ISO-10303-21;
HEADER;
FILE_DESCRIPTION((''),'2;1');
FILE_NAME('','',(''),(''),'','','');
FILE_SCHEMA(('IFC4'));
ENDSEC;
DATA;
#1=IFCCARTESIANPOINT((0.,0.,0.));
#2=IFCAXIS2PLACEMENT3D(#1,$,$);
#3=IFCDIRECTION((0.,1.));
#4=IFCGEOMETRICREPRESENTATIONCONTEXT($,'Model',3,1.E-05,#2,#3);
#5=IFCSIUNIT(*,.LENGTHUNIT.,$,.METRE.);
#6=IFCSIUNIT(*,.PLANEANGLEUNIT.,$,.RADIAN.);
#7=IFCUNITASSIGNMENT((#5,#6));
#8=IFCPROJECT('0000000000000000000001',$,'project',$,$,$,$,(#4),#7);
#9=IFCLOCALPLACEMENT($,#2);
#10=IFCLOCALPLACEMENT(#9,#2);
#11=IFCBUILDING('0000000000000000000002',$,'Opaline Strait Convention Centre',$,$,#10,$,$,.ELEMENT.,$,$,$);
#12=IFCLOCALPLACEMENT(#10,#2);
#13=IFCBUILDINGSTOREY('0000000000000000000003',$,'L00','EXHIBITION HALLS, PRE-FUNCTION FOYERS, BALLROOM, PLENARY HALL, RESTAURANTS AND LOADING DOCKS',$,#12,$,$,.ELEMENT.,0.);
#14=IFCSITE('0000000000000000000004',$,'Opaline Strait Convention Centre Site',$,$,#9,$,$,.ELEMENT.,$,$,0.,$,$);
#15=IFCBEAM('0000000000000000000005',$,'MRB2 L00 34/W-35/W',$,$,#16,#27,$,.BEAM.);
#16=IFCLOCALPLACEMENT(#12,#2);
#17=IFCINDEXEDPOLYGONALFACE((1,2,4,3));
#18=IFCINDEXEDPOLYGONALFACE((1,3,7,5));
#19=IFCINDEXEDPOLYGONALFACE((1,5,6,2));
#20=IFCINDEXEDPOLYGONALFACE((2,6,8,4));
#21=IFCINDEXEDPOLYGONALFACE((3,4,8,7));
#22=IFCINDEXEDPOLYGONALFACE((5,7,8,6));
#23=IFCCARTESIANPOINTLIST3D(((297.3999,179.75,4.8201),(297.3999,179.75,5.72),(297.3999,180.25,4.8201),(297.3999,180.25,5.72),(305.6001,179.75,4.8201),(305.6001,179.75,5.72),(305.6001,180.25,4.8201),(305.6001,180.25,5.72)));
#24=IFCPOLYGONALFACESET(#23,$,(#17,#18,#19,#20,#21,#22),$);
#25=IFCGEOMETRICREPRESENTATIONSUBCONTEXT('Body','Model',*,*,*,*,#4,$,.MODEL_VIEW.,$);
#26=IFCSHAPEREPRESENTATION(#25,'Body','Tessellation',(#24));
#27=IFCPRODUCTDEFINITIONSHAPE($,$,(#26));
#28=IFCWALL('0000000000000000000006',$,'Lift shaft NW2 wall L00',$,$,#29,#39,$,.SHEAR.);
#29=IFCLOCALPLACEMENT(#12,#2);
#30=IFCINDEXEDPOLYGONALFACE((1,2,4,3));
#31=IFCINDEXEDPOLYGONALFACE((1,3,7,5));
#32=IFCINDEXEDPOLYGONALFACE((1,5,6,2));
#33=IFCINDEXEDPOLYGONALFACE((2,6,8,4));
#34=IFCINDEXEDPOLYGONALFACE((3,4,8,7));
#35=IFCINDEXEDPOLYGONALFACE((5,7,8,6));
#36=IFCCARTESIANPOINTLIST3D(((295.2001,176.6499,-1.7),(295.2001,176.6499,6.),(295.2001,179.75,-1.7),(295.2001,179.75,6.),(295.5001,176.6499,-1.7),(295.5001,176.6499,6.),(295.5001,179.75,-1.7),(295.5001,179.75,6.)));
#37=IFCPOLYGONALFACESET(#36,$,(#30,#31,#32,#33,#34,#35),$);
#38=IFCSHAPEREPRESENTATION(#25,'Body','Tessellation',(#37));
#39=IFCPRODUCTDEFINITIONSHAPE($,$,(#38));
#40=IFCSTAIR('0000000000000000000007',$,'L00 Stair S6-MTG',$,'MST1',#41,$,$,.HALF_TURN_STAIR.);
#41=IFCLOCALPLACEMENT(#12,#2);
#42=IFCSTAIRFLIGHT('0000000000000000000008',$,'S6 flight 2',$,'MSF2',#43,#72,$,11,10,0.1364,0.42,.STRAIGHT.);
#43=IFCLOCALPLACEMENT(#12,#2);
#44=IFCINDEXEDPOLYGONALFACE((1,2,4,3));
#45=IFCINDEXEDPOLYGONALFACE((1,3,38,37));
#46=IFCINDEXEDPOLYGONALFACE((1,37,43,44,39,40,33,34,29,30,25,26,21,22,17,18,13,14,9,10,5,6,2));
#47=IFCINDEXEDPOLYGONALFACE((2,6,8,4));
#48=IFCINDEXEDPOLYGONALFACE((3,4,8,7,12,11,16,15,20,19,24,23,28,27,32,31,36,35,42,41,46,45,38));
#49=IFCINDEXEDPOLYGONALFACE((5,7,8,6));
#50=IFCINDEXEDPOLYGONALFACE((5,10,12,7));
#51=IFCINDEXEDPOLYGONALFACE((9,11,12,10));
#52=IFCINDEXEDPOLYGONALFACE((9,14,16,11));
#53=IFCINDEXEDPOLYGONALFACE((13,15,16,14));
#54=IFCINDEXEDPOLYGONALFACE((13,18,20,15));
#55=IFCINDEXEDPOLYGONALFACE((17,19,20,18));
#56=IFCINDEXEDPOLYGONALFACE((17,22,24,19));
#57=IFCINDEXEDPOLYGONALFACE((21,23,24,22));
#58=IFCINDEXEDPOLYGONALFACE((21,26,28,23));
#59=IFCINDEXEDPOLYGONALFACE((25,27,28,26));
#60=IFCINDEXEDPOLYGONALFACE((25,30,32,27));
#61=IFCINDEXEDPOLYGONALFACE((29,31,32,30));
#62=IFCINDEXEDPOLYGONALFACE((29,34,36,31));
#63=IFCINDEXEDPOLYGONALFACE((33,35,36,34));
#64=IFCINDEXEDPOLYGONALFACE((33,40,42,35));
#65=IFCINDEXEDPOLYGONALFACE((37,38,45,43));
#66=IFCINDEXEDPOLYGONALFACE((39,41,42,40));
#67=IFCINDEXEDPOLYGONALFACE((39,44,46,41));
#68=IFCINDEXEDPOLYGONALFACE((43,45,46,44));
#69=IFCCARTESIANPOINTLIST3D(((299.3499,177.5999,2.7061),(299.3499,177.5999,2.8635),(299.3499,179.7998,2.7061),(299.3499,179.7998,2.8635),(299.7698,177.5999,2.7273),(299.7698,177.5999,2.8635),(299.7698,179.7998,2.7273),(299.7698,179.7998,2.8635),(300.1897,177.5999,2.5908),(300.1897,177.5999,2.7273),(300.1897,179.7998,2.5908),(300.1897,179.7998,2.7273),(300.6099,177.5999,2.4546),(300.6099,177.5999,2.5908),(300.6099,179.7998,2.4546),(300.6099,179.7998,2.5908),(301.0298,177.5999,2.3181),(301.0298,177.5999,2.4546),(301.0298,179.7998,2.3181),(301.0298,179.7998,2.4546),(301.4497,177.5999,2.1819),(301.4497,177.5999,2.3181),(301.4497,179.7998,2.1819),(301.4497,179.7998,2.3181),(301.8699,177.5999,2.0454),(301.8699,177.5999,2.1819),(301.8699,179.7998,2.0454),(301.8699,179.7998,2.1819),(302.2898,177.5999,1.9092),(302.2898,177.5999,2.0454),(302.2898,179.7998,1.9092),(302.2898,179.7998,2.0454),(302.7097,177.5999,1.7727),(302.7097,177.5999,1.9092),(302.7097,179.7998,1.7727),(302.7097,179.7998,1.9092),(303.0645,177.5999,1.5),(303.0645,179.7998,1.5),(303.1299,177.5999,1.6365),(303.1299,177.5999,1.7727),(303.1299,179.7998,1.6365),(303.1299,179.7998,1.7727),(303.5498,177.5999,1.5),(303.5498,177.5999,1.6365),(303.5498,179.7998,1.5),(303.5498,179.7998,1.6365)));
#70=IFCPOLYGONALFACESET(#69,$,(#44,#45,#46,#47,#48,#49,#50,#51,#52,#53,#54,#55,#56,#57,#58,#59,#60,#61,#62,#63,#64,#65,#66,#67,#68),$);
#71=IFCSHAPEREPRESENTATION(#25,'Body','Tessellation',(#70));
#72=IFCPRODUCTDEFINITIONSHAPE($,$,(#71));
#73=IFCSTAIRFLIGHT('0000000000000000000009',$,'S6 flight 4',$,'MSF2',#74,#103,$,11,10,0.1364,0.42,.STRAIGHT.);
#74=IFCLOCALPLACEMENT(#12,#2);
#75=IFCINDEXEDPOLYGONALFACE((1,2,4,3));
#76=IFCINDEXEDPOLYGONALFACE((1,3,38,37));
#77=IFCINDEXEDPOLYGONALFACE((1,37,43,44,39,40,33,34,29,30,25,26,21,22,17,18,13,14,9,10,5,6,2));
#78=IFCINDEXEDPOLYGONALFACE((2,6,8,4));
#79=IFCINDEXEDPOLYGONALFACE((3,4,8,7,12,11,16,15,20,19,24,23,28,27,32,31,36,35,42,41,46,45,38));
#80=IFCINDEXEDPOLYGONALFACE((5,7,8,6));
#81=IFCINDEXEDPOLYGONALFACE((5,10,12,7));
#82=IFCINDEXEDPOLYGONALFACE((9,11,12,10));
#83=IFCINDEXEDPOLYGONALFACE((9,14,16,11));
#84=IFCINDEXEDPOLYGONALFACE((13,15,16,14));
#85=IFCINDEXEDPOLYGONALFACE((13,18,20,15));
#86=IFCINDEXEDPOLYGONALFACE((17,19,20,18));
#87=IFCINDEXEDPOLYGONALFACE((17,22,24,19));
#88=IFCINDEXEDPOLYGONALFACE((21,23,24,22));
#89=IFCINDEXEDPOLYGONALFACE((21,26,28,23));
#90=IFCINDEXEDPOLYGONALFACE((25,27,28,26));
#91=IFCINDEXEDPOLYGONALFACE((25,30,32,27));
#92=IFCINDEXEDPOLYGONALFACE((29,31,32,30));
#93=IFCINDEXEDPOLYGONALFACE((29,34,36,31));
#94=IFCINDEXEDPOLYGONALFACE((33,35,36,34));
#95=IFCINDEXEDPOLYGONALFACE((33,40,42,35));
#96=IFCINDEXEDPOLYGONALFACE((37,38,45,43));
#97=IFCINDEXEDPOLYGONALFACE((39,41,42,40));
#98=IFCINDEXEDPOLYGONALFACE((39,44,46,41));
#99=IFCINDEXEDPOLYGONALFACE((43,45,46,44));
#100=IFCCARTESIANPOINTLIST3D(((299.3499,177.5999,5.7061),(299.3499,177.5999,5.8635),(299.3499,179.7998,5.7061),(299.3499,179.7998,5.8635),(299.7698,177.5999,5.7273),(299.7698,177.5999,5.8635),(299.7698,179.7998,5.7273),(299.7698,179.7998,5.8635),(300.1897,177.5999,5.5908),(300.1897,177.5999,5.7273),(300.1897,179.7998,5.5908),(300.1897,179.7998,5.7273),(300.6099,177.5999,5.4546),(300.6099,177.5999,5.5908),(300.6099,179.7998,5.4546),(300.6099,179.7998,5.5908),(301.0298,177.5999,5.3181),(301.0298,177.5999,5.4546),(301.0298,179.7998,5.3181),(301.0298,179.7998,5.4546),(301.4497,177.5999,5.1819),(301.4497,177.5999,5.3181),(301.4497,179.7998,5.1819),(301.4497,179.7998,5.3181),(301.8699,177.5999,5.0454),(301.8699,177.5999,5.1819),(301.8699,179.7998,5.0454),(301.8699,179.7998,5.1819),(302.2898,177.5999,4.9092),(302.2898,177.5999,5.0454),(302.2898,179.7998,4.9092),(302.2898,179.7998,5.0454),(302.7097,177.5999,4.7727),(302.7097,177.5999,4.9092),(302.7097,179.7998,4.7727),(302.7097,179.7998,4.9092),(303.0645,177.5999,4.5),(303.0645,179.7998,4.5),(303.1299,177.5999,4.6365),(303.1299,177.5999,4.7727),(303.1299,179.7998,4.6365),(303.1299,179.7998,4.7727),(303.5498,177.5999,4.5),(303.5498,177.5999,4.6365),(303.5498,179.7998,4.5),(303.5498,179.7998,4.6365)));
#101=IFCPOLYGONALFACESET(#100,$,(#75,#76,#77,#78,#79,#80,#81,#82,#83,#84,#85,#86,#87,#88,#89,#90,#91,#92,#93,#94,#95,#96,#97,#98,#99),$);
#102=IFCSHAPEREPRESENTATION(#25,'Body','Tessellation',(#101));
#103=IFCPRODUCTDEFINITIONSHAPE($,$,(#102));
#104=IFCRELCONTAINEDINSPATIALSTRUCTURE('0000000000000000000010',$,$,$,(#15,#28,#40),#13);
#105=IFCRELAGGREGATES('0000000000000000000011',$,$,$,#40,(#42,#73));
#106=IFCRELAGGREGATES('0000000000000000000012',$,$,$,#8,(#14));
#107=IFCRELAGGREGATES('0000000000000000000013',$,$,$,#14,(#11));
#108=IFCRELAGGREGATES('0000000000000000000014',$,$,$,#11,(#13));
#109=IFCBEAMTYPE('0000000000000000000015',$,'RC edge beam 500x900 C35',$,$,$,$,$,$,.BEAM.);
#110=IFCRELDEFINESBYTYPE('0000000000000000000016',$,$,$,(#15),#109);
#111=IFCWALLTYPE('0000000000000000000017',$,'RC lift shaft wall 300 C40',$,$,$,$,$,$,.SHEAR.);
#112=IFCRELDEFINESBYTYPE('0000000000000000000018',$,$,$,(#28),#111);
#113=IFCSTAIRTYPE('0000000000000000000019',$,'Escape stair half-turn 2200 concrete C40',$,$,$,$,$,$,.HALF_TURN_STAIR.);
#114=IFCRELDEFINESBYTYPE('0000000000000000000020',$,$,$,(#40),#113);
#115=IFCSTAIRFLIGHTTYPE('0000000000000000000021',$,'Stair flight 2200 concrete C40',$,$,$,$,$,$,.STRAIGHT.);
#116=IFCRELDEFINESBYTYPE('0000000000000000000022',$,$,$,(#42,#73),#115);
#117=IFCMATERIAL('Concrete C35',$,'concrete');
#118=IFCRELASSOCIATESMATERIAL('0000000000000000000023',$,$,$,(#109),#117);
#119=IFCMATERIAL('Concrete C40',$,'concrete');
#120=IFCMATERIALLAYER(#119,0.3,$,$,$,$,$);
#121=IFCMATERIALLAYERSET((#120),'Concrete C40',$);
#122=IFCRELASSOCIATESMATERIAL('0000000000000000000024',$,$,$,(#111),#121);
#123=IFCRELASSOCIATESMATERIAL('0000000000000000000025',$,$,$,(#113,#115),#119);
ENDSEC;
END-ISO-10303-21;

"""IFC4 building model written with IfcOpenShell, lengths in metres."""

from ifc_helpers import new_model, si_unit, direction, frame, frame_2d, origin, origin_2d, place, context, subcontext, project, spatial, polyline, rectangle, outline, extrude, material, layer, layer_set, material_profile, profile_set, type_object, element, aggregate, save


model = new_model("IFC4")

# Units and contexts
model_context = context("Model", 3, precision=1e-05, world=origin(), true_north=direction((0.0, 1.0)))
body_context = subcontext(model_context, "Body", "Model", "MODEL_VIEW")
ifc_project = project(units=[si_unit("LENGTHUNIT", "METRE"), si_unit("PLANEANGLEUNIT", "RADIAN")], contexts=[model_context])

# Site, building, storey
site_placement = place(None, origin())
site = spatial("IfcSite", under=ifc_project, at=site_placement, Name="Opaline Strait Convention Centre Site", CompositionType="ELEMENT", RefElevation=0.0)
building_placement = place(site_placement, origin())
building = spatial("IfcBuilding", under=site, at=building_placement, Name="Opaline Strait Convention Centre", CompositionType="ELEMENT")
storey_placement = place(building_placement, origin())
storey = spatial("IfcBuildingStorey", under=building, at=storey_placement, Name="L00", Description="EXHIBITION HALLS, PRE-FUNCTION FOYERS, BALLROOM, PLENARY HALL, RESTAURANTS AND LOADING DOCKS", CompositionType="ELEMENT", Elevation=0.0)

# Shared definitions
ifc_material_1 = material(Name="Concrete C35", Category="concrete")

# Shared definitions
ifc_material_2 = material(Name="Concrete C40", Category="concrete")

# Beam
ifc_material_profile_1 = material_profile(ifc_material_1, rectangle(XDim=0.5, YDim=0.8999, at=origin_2d()), Name="RC 500x900")
ifc_profile_set_1 = profile_set([ifc_material_profile_1], Name="Concrete C35")
beam_type = type_object("IfcBeamType", Name="RC edge beam 500x900 C35", PredefinedType="BEAM", material=ifc_profile_set_1)
beam_placement = place(storey_placement, frame((297.3999, 180.0, 5.27), z_axis=(1.0, 0.0, 0.0), x_axis=(0.0, 1.0, 0.0)))
element("IfcBeam", 1, at=beam_placement, inside=storey, type_object=beam_type, Name="MRB2 L00 34/W-35/W", PredefinedType="BEAM", context=body_context, shape_type="SweptSolid", body=[
    extrude(rectangle(XDim=0.5, YDim=0.8999, at=origin_2d()), origin(), (0.0, 0.0, 1.0), 8.2002),
])

# Wall
ifc_layer_1 = layer(ifc_material_2, 0.3)
ifc_layer_set_1 = layer_set([ifc_layer_1], Name="Concrete C40")
wall_type_1 = type_object("IfcWallType", Name="RC lift shaft wall 300 C40", PredefinedType="SHEAR", material=ifc_layer_set_1)
wall_1_placement = place(storey_placement, frame((295.3501, 176.6499, -1.7), z_axis=(0.0, 0.0, 1.0), x_axis=(0.0, 1.0, 0.0)))
element("IfcWall", 2, at=wall_1_placement, inside=storey, type_object=wall_type_1, Name="Lift shaft NW2 wall L00", PredefinedType="SHEAR", context=body_context, shape_type="SweptSolid", body=[
    extrude(rectangle(XDim=3.1001, YDim=0.3, at=frame_2d((1.55, 0.0))), origin(), (0.0, 0.0, 1.0), 7.7),
])

# Stair, stair flights
stair_type = type_object("IfcStairType", Name="Escape stair half-turn 2200 concrete C40", PredefinedType="HALF_TURN_STAIR", material=ifc_material_2)
stair_placement = place(storey_placement, origin())
stair = element("IfcStair", 3, at=stair_placement, inside=storey, type_object=stair_type, Name="L00 Stair S6-MTG", ObjectType="MST1", PredefinedType="HALF_TURN_STAIR")
stair_flight_type = type_object("IfcStairFlightType", Name="Stair flight 2200 concrete C40", PredefinedType="STRAIGHT", material=ifc_material_2)
stair_flight_1_placement = place(storey_placement, frame((303.5498, 178.7, 1.5), z_axis=(0.0, 0.0, 1.0), x_axis=(-1.0, 0.0, 0.0)))
stair_flight_1 = element("IfcStairFlight", 4, at=stair_flight_1_placement, type_object=stair_flight_type, Name="S6 flight 2", ObjectType="MSF2", NumberOfRisers=11, NumberOfTreads=10, PredefinedType="STRAIGHT", RiserHeight=0.1364, TreadLength=0.42, context=body_context, shape_type="SweptSolid", body=[
    extrude(outline(polyline([(0.0, 0.0), (0.0, 0.1365), (0.4199, 0.1365), (0.4199, 0.2727), (0.8401, 0.2727), (0.8401, 0.4092), (1.26, 0.4092), (1.26, 0.5454), (1.6799, 0.5454), (1.6799, 0.6819), (2.1001, 0.6819), (2.1001, 0.8181), (2.52, 0.8181), (2.52, 0.9546), (2.9399, 0.9546), (2.9399, 1.0908), (3.3601, 1.0908), (3.3601, 1.2273), (3.78, 1.2273), (3.78, 1.3635), (4.2, 1.3635), (4.2, 1.5), (4.2, 1.2061), (0.4854, 0.0), (0.0, 0.0)])), frame((0.0, 1.1001, 0.0), z_axis=(0.0, -1.0, 0.0), x_axis=(1.0, 0.0, 0.0)), (0.0, 0.0, 1.0), 2.2),
])
stair_flight_2_placement = place(storey_placement, frame((303.5498, 178.7, 4.5), z_axis=(0.0, 0.0, 1.0), x_axis=(-1.0, 0.0, 0.0)))
stair_flight_2 = element("IfcStairFlight", 5, at=stair_flight_2_placement, type_object=stair_flight_type, Name="S6 flight 4", ObjectType="MSF2", NumberOfRisers=11, NumberOfTreads=10, PredefinedType="STRAIGHT", RiserHeight=0.1364, TreadLength=0.42, context=body_context, shape_type="SweptSolid", body=[
    extrude(outline(polyline([(0.0, 0.0), (0.0, 0.1365), (0.4199, 0.1365), (0.4199, 0.2727), (0.8401, 0.2727), (0.8401, 0.4092), (1.26, 0.4092), (1.26, 0.5454), (1.6799, 0.5454), (1.6799, 0.6819), (2.1001, 0.6819), (2.1001, 0.8181), (2.52, 0.8181), (2.52, 0.9546), (2.9399, 0.9546), (2.9399, 1.0908), (3.3601, 1.0908), (3.3601, 1.2273), (3.78, 1.2273), (3.78, 1.3635), (4.2, 1.3635), (4.2, 1.5), (4.2, 1.2061), (0.4854, 0.0), (0.0, 0.0)])), frame((0.0, 1.1001, 0.0), z_axis=(0.0, -1.0, 0.0), x_axis=(1.0, 0.0, 0.0)), (0.0, 0.0, 1.0), 2.2),
])
aggregate(stair, [stair_flight_1, stair_flight_2])

save(model, "model.ifc")
